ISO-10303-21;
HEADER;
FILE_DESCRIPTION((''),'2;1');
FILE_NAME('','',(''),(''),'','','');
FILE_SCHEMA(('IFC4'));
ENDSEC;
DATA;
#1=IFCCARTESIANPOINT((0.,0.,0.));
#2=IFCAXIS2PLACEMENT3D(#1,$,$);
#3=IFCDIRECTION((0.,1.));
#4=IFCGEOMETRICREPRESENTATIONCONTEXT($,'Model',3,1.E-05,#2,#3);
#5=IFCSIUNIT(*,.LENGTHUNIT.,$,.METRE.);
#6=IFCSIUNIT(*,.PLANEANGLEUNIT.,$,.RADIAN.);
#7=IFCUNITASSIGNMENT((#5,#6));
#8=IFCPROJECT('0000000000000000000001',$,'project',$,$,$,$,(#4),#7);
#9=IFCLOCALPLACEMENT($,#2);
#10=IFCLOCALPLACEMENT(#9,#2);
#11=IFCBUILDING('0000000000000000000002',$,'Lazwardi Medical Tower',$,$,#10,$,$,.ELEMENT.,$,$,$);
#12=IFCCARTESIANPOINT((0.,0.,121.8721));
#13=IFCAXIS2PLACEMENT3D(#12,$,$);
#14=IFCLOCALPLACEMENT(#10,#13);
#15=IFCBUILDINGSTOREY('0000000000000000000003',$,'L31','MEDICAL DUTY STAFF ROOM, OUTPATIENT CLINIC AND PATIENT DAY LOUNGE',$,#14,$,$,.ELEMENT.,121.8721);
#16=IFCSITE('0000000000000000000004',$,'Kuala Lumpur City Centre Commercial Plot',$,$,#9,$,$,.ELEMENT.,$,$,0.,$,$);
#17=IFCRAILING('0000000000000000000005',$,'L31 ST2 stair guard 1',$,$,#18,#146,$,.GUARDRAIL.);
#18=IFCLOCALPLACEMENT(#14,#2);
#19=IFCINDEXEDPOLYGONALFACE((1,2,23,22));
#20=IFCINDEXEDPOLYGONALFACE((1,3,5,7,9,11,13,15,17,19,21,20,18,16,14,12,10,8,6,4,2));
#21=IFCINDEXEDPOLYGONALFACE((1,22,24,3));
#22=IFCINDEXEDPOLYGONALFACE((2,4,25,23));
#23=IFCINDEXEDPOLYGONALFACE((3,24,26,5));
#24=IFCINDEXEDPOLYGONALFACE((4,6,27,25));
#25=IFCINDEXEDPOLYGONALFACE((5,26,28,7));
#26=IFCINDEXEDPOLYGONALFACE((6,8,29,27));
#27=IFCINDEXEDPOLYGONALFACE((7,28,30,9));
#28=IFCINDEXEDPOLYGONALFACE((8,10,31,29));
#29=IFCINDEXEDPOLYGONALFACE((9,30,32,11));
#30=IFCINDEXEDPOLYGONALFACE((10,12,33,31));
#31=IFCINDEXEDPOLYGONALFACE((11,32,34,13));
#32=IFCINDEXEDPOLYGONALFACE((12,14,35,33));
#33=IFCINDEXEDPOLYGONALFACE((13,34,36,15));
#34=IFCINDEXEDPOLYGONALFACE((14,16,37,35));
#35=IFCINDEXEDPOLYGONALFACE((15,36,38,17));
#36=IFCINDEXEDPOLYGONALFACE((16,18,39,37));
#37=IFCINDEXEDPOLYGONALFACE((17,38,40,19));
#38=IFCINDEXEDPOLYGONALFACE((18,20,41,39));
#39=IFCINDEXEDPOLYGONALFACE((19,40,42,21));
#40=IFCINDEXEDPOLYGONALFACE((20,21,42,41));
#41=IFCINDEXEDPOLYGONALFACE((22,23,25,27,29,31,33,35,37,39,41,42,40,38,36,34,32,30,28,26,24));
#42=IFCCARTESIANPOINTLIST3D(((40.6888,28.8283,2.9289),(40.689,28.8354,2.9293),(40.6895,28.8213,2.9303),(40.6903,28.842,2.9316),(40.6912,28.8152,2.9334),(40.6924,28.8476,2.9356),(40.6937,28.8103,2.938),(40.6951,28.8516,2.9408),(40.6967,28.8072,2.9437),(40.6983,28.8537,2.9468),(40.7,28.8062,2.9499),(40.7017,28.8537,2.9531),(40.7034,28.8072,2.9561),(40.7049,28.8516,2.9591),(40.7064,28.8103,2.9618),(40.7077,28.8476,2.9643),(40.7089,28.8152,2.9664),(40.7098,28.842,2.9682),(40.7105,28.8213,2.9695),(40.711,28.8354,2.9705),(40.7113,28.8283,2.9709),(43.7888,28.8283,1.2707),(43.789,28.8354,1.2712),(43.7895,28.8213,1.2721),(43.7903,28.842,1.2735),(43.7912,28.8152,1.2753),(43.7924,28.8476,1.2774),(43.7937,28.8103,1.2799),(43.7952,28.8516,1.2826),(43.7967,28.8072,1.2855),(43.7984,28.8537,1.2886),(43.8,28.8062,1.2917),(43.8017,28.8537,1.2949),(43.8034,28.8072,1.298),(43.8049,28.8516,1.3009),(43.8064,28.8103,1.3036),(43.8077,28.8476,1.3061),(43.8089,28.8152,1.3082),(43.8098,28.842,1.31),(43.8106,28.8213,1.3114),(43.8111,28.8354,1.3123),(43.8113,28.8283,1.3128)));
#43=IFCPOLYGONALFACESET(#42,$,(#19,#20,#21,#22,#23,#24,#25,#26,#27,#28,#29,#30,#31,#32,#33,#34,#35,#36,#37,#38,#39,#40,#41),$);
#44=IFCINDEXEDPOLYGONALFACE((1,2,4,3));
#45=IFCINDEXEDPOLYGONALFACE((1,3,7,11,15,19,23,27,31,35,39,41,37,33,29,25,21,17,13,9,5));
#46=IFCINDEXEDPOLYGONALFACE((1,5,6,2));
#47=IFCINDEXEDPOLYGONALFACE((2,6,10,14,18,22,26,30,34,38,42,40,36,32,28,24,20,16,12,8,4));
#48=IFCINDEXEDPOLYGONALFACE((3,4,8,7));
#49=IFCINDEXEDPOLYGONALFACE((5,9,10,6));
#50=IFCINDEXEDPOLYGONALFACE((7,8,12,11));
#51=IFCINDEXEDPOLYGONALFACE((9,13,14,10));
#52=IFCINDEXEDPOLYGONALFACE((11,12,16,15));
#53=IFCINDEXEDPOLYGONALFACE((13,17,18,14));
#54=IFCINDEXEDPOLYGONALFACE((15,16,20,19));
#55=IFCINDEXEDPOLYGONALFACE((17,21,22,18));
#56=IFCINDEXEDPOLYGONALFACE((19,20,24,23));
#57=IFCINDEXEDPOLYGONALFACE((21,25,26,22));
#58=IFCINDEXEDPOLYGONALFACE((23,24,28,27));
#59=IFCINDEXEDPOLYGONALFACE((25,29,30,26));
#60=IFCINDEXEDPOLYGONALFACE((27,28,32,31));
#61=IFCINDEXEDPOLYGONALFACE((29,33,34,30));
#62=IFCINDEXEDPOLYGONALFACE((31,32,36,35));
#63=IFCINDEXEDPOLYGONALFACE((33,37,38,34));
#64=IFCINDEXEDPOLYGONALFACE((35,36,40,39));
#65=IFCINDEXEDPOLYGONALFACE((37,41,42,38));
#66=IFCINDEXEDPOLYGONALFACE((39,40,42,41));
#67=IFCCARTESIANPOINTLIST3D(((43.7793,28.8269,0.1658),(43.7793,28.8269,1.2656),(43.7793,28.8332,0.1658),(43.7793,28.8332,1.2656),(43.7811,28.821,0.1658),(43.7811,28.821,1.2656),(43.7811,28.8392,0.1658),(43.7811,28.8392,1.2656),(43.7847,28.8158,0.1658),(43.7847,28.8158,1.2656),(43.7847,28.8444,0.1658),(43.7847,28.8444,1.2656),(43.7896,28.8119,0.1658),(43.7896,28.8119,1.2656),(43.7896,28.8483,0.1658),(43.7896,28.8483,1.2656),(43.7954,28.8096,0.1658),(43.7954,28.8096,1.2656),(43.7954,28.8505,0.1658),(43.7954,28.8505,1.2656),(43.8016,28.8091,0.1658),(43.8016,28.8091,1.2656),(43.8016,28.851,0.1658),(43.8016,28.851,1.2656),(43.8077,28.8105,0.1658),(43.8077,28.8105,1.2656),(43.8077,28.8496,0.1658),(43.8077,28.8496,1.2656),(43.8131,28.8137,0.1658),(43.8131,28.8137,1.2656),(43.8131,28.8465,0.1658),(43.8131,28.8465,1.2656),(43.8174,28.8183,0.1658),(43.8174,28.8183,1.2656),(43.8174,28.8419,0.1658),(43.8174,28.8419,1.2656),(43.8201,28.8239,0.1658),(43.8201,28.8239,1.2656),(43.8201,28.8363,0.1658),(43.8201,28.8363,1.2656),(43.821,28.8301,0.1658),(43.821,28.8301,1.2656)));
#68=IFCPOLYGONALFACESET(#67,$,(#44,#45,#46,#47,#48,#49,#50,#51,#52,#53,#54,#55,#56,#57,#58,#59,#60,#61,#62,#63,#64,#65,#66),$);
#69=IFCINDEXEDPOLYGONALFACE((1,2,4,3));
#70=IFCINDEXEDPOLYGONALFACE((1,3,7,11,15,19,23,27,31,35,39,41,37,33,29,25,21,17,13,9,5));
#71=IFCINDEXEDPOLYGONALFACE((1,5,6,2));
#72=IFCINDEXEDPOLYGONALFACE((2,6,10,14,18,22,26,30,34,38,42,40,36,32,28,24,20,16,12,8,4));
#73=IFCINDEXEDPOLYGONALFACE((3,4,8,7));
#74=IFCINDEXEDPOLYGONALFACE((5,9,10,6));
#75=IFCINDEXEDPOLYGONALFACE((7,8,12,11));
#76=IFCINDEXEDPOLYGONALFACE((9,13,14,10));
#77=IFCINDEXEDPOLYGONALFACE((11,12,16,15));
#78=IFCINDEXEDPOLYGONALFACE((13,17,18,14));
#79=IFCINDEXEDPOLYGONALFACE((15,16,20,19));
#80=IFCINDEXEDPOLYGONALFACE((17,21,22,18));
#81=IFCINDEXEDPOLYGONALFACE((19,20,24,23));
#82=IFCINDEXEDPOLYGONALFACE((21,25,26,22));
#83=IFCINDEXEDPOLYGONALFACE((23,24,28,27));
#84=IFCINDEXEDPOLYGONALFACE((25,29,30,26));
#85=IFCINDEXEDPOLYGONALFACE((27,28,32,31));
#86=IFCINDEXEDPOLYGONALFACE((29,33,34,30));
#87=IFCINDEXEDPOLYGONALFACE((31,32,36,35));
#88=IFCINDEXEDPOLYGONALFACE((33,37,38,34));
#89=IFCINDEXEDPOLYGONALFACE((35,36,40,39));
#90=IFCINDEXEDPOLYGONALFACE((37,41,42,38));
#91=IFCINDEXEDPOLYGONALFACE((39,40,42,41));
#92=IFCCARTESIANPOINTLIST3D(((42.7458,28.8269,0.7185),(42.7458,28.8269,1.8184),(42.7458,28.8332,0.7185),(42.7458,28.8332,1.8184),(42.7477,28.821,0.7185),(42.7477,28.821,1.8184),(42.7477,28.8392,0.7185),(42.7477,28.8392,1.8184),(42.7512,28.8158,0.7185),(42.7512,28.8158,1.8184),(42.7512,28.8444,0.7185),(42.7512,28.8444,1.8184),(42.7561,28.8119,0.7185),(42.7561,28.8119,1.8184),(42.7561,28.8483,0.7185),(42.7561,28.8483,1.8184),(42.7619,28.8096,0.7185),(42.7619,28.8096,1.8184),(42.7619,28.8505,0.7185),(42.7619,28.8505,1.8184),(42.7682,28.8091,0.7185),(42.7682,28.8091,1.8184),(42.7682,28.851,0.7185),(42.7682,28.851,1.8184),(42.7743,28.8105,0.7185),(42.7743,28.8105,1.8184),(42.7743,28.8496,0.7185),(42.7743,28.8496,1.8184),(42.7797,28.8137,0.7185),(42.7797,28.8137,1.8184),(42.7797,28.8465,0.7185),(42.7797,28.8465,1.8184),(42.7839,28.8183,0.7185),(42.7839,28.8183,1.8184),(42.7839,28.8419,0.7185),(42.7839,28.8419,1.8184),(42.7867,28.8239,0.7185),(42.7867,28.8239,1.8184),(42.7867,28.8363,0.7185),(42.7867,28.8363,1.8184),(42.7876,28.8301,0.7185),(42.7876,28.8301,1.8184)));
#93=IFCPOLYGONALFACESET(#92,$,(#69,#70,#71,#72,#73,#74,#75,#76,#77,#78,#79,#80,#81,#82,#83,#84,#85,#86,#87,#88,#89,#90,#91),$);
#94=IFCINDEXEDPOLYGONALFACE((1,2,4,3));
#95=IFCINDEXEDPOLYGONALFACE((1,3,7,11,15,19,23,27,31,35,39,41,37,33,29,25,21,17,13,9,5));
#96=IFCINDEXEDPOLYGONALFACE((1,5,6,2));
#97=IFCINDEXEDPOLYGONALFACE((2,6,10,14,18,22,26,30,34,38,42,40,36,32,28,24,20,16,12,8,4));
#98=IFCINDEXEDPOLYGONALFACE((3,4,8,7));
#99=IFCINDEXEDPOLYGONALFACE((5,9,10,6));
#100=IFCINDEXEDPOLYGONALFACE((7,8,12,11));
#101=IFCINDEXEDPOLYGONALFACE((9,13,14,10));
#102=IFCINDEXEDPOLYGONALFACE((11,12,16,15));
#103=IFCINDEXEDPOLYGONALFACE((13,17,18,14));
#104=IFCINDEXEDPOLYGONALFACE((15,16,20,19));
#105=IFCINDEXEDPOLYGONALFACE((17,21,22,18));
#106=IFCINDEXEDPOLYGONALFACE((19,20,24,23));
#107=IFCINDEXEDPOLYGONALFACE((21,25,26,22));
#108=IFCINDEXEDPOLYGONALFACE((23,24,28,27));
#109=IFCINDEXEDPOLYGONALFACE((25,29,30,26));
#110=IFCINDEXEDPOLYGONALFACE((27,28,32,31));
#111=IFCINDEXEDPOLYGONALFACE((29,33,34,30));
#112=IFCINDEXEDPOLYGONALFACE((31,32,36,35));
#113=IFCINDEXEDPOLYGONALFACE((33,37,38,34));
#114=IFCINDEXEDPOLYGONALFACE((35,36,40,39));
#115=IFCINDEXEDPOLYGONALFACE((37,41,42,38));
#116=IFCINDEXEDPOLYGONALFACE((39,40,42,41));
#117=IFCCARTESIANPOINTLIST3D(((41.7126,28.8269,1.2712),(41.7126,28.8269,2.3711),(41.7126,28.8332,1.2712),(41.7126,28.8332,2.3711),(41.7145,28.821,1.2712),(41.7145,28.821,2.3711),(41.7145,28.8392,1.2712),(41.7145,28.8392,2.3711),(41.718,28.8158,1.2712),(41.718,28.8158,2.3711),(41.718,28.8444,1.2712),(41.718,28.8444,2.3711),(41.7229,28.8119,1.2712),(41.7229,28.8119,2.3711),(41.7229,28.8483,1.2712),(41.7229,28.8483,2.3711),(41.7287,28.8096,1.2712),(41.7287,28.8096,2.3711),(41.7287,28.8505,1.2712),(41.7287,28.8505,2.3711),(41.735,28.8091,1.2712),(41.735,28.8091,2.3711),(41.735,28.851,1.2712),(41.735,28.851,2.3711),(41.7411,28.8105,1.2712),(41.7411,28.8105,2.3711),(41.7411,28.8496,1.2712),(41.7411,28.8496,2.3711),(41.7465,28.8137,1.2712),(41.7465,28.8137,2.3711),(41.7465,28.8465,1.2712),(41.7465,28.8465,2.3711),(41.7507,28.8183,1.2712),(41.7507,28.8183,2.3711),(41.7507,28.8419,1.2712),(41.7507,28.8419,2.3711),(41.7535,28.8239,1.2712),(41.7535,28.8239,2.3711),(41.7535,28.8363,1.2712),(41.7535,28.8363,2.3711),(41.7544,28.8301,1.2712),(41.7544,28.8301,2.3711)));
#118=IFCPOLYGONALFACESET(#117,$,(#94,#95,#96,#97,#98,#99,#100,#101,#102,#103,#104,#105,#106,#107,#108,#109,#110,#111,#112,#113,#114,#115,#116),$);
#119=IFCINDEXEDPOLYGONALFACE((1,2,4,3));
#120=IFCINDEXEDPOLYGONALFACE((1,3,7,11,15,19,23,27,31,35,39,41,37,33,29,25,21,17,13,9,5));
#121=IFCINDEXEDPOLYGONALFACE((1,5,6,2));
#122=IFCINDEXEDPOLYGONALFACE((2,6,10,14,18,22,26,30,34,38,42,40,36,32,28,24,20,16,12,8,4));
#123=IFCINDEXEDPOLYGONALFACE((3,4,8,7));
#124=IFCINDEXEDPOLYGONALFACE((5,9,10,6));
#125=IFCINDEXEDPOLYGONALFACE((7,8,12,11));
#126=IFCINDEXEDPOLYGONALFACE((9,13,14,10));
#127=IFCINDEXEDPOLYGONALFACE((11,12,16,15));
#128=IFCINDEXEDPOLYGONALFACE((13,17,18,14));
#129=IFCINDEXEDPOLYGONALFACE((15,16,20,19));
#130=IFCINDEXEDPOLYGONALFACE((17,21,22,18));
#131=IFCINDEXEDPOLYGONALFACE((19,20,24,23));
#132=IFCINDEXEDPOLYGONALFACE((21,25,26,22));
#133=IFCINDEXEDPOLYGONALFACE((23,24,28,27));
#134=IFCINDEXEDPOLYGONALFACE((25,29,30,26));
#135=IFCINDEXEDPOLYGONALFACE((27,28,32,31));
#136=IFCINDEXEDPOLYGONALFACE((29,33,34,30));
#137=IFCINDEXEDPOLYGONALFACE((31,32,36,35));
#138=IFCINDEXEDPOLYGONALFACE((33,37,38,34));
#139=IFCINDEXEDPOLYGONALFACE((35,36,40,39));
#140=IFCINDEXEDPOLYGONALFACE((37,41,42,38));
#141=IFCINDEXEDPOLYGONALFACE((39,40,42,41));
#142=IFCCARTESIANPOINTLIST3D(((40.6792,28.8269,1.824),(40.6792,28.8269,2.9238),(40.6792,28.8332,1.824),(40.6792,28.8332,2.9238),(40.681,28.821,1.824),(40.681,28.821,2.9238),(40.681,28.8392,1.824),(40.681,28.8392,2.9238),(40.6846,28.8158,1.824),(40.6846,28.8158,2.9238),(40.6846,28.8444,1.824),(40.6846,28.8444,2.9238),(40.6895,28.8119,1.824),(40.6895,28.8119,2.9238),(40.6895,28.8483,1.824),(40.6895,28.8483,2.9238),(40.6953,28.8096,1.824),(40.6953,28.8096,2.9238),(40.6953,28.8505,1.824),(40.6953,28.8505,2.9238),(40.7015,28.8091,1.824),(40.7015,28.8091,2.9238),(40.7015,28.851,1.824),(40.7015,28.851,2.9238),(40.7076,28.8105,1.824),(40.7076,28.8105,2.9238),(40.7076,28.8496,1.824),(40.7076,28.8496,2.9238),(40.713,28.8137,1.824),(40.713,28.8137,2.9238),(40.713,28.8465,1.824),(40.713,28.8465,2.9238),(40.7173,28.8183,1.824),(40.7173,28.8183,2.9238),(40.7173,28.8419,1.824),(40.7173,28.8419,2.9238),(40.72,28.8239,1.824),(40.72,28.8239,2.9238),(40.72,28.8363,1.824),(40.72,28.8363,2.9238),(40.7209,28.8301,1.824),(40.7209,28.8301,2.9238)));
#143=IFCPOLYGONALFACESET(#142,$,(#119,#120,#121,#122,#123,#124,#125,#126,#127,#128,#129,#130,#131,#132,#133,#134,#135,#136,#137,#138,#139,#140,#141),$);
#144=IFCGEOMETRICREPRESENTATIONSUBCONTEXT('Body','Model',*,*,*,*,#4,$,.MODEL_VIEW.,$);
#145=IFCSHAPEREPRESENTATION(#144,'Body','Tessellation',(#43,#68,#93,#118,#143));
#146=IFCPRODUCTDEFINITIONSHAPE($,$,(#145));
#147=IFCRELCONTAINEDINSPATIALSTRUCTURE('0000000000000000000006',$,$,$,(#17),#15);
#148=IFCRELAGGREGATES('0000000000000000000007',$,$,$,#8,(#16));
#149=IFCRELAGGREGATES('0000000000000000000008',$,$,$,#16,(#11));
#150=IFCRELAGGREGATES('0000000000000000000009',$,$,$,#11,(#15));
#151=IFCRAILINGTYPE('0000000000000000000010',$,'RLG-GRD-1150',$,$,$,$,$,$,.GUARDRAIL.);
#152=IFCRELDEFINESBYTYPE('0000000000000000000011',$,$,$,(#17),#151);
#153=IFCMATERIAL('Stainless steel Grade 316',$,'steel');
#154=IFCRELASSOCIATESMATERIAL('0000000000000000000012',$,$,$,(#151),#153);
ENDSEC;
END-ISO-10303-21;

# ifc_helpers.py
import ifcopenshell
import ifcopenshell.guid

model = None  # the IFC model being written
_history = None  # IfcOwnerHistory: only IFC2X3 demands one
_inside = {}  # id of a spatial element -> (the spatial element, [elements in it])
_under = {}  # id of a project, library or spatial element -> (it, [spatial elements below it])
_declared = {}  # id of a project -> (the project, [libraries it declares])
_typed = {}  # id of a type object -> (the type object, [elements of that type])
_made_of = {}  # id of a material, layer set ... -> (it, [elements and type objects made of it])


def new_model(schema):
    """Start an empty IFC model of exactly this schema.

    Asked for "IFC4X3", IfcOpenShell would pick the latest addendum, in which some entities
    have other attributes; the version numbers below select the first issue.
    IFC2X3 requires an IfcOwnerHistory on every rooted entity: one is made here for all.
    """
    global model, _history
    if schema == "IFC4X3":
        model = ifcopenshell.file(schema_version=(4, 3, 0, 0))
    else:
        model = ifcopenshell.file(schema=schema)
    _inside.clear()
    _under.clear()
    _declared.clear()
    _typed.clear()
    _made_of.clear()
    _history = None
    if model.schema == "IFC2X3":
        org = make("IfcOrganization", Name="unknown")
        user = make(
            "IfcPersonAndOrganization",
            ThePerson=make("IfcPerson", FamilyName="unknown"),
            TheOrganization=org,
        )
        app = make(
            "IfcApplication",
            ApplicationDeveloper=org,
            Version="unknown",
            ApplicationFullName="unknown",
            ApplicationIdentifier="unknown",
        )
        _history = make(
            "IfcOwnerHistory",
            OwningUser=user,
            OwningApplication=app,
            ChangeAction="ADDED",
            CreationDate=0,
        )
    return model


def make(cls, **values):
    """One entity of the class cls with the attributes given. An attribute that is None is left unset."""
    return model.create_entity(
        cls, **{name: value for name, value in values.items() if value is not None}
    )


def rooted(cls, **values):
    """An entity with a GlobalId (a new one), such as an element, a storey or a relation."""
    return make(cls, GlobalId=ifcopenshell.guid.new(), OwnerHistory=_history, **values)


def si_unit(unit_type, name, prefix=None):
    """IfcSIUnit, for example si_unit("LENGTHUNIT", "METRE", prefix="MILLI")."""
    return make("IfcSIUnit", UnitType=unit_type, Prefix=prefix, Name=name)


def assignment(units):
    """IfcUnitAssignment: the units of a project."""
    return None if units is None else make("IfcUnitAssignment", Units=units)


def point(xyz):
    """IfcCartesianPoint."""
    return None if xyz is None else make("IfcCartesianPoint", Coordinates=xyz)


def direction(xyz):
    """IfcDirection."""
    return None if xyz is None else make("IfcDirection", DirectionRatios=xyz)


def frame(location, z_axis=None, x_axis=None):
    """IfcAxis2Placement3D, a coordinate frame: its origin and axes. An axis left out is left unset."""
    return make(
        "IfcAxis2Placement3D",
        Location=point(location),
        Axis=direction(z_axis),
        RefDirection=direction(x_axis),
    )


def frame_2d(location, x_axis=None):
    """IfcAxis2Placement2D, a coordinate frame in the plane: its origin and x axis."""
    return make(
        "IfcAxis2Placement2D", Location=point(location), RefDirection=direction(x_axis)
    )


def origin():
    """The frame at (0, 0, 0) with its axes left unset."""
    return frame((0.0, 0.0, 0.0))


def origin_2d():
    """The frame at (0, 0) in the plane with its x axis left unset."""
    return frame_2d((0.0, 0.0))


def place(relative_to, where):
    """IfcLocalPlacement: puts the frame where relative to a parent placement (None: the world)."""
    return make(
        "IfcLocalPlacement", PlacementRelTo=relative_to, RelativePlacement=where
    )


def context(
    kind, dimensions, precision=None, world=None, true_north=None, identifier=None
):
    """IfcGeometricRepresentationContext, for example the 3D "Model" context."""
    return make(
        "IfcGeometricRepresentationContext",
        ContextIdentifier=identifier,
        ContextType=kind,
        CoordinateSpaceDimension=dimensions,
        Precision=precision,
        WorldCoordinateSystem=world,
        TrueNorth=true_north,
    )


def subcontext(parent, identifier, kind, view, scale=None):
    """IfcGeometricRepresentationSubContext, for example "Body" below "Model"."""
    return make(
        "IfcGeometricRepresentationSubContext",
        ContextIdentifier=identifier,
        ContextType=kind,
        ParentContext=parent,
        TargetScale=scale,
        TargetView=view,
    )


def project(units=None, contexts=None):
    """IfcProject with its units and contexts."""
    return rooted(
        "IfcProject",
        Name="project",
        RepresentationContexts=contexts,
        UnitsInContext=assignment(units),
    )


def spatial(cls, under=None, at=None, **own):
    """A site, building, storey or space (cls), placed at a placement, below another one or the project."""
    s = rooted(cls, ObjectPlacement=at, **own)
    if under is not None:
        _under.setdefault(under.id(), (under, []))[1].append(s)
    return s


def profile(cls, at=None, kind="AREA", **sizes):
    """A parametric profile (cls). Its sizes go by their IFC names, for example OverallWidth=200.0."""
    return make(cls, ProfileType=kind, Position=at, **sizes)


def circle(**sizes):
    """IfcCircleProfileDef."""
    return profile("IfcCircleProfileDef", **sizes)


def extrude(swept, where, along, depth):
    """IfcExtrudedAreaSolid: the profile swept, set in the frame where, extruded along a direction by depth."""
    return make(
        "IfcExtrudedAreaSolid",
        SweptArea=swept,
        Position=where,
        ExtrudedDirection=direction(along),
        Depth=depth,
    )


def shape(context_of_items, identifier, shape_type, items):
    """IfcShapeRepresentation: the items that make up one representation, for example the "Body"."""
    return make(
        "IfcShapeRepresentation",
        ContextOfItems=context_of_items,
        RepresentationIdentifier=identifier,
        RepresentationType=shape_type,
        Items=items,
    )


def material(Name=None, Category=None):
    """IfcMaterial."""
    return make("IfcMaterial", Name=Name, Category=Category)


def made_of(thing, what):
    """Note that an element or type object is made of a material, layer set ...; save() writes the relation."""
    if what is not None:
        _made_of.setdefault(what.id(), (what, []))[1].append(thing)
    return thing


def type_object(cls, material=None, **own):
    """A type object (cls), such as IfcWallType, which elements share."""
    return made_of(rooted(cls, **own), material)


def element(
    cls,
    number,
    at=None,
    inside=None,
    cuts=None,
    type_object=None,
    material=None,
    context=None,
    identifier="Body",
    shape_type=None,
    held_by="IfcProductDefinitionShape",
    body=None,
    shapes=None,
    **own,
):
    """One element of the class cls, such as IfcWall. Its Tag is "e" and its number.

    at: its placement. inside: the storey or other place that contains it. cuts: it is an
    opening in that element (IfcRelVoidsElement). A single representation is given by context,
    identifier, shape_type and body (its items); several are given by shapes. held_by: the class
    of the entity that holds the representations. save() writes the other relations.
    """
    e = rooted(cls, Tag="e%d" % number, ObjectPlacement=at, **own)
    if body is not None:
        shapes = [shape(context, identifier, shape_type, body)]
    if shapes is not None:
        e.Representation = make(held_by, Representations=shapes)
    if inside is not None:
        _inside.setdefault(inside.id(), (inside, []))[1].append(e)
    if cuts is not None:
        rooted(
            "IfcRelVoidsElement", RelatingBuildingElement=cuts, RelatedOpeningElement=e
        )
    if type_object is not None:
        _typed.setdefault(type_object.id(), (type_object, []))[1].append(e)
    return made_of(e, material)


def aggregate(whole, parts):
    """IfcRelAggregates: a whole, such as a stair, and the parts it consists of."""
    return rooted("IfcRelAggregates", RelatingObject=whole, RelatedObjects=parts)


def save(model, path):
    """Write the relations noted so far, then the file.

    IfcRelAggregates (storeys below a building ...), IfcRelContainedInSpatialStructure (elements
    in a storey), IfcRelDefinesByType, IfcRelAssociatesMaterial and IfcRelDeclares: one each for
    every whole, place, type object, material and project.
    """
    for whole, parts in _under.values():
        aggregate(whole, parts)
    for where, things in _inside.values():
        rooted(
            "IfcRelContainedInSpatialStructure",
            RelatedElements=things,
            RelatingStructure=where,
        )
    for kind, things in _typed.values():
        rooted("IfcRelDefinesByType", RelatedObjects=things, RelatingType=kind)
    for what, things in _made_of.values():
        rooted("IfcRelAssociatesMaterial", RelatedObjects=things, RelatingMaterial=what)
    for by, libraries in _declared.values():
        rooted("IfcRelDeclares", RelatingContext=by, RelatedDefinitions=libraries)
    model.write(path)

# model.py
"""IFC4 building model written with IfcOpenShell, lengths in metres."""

from ifc_helpers import new_model, si_unit, direction, frame, origin, origin_2d, place, context, subcontext, project, spatial, circle, extrude, material, type_object, element, save


model = new_model("IFC4")

# Units and contexts
model_context = context("Model", 3, precision=1e-05, world=origin(), true_north=direction((0.0, 1.0)))
body_context = subcontext(model_context, "Body", "Model", "MODEL_VIEW")
ifc_project = project(units=[si_unit("LENGTHUNIT", "METRE"), si_unit("PLANEANGLEUNIT", "RADIAN")], contexts=[model_context])

# Site, building, storey
site_placement = place(None, origin())
site = spatial("IfcSite", under=ifc_project, at=site_placement, Name="Kuala Lumpur City Centre Commercial Plot", CompositionType="ELEMENT", RefElevation=0.0)
building_placement = place(site_placement, origin())
building = spatial("IfcBuilding", under=site, at=building_placement, Name="Lazwardi Medical Tower", CompositionType="ELEMENT")
storey_placement = place(building_placement, frame((0.0, 0.0, 121.8721)))
storey = spatial("IfcBuildingStorey", under=building, at=storey_placement, Name="L31", Description="MEDICAL DUTY STAFF ROOM, OUTPATIENT CLINIC AND PATIENT DAY LOUNGE", CompositionType="ELEMENT", Elevation=121.8721)

# Railing
ifc_material_1 = material(Name="Stainless steel Grade 316", Category="steel")
railing_type_1 = type_object("IfcRailingType", Name="RLG-GRD-1150", PredefinedType="GUARDRAIL", material=ifc_material_1)
railing_1_placement = place(storey_placement, frame((43.8, 28.8301, 0.1658)))
element("IfcRailing", 1, at=railing_1_placement, inside=storey, type_object=railing_type_1, Name="L31 ST2 stair guard 1", PredefinedType="GUARDRAIL", context=body_context, shape_type="SweptSolid", body=[
    extrude(circle(Radius=0.0239, at=origin_2d()), frame((0.0, 0.0, 1.126), z_axis=(-0.881783, 0.0, 0.471655), x_axis=(0.0, -1.0, 0.0)), (0.0, 0.0, 1.0), 3.5156),
    extrude(circle(Radius=0.021, at=origin_2d()), origin(), (0.0, 0.0, 1.0), 1.0999),
    extrude(circle(Radius=0.021, at=origin_2d()), frame((-1.0334, 0.0, 0.5527)), (0.0, 0.0, 1.0), 1.0999),
    extrude(circle(Radius=0.021, at=origin_2d()), frame((-2.0667, 0.0, 1.1055)), (0.0, 0.0, 1.0), 1.0999),
    extrude(circle(Radius=0.021, at=origin_2d()), frame((-3.1001, 0.0, 1.6582)), (0.0, 0.0, 1.0), 1.0999),
])

save(model, "model.ifc")
